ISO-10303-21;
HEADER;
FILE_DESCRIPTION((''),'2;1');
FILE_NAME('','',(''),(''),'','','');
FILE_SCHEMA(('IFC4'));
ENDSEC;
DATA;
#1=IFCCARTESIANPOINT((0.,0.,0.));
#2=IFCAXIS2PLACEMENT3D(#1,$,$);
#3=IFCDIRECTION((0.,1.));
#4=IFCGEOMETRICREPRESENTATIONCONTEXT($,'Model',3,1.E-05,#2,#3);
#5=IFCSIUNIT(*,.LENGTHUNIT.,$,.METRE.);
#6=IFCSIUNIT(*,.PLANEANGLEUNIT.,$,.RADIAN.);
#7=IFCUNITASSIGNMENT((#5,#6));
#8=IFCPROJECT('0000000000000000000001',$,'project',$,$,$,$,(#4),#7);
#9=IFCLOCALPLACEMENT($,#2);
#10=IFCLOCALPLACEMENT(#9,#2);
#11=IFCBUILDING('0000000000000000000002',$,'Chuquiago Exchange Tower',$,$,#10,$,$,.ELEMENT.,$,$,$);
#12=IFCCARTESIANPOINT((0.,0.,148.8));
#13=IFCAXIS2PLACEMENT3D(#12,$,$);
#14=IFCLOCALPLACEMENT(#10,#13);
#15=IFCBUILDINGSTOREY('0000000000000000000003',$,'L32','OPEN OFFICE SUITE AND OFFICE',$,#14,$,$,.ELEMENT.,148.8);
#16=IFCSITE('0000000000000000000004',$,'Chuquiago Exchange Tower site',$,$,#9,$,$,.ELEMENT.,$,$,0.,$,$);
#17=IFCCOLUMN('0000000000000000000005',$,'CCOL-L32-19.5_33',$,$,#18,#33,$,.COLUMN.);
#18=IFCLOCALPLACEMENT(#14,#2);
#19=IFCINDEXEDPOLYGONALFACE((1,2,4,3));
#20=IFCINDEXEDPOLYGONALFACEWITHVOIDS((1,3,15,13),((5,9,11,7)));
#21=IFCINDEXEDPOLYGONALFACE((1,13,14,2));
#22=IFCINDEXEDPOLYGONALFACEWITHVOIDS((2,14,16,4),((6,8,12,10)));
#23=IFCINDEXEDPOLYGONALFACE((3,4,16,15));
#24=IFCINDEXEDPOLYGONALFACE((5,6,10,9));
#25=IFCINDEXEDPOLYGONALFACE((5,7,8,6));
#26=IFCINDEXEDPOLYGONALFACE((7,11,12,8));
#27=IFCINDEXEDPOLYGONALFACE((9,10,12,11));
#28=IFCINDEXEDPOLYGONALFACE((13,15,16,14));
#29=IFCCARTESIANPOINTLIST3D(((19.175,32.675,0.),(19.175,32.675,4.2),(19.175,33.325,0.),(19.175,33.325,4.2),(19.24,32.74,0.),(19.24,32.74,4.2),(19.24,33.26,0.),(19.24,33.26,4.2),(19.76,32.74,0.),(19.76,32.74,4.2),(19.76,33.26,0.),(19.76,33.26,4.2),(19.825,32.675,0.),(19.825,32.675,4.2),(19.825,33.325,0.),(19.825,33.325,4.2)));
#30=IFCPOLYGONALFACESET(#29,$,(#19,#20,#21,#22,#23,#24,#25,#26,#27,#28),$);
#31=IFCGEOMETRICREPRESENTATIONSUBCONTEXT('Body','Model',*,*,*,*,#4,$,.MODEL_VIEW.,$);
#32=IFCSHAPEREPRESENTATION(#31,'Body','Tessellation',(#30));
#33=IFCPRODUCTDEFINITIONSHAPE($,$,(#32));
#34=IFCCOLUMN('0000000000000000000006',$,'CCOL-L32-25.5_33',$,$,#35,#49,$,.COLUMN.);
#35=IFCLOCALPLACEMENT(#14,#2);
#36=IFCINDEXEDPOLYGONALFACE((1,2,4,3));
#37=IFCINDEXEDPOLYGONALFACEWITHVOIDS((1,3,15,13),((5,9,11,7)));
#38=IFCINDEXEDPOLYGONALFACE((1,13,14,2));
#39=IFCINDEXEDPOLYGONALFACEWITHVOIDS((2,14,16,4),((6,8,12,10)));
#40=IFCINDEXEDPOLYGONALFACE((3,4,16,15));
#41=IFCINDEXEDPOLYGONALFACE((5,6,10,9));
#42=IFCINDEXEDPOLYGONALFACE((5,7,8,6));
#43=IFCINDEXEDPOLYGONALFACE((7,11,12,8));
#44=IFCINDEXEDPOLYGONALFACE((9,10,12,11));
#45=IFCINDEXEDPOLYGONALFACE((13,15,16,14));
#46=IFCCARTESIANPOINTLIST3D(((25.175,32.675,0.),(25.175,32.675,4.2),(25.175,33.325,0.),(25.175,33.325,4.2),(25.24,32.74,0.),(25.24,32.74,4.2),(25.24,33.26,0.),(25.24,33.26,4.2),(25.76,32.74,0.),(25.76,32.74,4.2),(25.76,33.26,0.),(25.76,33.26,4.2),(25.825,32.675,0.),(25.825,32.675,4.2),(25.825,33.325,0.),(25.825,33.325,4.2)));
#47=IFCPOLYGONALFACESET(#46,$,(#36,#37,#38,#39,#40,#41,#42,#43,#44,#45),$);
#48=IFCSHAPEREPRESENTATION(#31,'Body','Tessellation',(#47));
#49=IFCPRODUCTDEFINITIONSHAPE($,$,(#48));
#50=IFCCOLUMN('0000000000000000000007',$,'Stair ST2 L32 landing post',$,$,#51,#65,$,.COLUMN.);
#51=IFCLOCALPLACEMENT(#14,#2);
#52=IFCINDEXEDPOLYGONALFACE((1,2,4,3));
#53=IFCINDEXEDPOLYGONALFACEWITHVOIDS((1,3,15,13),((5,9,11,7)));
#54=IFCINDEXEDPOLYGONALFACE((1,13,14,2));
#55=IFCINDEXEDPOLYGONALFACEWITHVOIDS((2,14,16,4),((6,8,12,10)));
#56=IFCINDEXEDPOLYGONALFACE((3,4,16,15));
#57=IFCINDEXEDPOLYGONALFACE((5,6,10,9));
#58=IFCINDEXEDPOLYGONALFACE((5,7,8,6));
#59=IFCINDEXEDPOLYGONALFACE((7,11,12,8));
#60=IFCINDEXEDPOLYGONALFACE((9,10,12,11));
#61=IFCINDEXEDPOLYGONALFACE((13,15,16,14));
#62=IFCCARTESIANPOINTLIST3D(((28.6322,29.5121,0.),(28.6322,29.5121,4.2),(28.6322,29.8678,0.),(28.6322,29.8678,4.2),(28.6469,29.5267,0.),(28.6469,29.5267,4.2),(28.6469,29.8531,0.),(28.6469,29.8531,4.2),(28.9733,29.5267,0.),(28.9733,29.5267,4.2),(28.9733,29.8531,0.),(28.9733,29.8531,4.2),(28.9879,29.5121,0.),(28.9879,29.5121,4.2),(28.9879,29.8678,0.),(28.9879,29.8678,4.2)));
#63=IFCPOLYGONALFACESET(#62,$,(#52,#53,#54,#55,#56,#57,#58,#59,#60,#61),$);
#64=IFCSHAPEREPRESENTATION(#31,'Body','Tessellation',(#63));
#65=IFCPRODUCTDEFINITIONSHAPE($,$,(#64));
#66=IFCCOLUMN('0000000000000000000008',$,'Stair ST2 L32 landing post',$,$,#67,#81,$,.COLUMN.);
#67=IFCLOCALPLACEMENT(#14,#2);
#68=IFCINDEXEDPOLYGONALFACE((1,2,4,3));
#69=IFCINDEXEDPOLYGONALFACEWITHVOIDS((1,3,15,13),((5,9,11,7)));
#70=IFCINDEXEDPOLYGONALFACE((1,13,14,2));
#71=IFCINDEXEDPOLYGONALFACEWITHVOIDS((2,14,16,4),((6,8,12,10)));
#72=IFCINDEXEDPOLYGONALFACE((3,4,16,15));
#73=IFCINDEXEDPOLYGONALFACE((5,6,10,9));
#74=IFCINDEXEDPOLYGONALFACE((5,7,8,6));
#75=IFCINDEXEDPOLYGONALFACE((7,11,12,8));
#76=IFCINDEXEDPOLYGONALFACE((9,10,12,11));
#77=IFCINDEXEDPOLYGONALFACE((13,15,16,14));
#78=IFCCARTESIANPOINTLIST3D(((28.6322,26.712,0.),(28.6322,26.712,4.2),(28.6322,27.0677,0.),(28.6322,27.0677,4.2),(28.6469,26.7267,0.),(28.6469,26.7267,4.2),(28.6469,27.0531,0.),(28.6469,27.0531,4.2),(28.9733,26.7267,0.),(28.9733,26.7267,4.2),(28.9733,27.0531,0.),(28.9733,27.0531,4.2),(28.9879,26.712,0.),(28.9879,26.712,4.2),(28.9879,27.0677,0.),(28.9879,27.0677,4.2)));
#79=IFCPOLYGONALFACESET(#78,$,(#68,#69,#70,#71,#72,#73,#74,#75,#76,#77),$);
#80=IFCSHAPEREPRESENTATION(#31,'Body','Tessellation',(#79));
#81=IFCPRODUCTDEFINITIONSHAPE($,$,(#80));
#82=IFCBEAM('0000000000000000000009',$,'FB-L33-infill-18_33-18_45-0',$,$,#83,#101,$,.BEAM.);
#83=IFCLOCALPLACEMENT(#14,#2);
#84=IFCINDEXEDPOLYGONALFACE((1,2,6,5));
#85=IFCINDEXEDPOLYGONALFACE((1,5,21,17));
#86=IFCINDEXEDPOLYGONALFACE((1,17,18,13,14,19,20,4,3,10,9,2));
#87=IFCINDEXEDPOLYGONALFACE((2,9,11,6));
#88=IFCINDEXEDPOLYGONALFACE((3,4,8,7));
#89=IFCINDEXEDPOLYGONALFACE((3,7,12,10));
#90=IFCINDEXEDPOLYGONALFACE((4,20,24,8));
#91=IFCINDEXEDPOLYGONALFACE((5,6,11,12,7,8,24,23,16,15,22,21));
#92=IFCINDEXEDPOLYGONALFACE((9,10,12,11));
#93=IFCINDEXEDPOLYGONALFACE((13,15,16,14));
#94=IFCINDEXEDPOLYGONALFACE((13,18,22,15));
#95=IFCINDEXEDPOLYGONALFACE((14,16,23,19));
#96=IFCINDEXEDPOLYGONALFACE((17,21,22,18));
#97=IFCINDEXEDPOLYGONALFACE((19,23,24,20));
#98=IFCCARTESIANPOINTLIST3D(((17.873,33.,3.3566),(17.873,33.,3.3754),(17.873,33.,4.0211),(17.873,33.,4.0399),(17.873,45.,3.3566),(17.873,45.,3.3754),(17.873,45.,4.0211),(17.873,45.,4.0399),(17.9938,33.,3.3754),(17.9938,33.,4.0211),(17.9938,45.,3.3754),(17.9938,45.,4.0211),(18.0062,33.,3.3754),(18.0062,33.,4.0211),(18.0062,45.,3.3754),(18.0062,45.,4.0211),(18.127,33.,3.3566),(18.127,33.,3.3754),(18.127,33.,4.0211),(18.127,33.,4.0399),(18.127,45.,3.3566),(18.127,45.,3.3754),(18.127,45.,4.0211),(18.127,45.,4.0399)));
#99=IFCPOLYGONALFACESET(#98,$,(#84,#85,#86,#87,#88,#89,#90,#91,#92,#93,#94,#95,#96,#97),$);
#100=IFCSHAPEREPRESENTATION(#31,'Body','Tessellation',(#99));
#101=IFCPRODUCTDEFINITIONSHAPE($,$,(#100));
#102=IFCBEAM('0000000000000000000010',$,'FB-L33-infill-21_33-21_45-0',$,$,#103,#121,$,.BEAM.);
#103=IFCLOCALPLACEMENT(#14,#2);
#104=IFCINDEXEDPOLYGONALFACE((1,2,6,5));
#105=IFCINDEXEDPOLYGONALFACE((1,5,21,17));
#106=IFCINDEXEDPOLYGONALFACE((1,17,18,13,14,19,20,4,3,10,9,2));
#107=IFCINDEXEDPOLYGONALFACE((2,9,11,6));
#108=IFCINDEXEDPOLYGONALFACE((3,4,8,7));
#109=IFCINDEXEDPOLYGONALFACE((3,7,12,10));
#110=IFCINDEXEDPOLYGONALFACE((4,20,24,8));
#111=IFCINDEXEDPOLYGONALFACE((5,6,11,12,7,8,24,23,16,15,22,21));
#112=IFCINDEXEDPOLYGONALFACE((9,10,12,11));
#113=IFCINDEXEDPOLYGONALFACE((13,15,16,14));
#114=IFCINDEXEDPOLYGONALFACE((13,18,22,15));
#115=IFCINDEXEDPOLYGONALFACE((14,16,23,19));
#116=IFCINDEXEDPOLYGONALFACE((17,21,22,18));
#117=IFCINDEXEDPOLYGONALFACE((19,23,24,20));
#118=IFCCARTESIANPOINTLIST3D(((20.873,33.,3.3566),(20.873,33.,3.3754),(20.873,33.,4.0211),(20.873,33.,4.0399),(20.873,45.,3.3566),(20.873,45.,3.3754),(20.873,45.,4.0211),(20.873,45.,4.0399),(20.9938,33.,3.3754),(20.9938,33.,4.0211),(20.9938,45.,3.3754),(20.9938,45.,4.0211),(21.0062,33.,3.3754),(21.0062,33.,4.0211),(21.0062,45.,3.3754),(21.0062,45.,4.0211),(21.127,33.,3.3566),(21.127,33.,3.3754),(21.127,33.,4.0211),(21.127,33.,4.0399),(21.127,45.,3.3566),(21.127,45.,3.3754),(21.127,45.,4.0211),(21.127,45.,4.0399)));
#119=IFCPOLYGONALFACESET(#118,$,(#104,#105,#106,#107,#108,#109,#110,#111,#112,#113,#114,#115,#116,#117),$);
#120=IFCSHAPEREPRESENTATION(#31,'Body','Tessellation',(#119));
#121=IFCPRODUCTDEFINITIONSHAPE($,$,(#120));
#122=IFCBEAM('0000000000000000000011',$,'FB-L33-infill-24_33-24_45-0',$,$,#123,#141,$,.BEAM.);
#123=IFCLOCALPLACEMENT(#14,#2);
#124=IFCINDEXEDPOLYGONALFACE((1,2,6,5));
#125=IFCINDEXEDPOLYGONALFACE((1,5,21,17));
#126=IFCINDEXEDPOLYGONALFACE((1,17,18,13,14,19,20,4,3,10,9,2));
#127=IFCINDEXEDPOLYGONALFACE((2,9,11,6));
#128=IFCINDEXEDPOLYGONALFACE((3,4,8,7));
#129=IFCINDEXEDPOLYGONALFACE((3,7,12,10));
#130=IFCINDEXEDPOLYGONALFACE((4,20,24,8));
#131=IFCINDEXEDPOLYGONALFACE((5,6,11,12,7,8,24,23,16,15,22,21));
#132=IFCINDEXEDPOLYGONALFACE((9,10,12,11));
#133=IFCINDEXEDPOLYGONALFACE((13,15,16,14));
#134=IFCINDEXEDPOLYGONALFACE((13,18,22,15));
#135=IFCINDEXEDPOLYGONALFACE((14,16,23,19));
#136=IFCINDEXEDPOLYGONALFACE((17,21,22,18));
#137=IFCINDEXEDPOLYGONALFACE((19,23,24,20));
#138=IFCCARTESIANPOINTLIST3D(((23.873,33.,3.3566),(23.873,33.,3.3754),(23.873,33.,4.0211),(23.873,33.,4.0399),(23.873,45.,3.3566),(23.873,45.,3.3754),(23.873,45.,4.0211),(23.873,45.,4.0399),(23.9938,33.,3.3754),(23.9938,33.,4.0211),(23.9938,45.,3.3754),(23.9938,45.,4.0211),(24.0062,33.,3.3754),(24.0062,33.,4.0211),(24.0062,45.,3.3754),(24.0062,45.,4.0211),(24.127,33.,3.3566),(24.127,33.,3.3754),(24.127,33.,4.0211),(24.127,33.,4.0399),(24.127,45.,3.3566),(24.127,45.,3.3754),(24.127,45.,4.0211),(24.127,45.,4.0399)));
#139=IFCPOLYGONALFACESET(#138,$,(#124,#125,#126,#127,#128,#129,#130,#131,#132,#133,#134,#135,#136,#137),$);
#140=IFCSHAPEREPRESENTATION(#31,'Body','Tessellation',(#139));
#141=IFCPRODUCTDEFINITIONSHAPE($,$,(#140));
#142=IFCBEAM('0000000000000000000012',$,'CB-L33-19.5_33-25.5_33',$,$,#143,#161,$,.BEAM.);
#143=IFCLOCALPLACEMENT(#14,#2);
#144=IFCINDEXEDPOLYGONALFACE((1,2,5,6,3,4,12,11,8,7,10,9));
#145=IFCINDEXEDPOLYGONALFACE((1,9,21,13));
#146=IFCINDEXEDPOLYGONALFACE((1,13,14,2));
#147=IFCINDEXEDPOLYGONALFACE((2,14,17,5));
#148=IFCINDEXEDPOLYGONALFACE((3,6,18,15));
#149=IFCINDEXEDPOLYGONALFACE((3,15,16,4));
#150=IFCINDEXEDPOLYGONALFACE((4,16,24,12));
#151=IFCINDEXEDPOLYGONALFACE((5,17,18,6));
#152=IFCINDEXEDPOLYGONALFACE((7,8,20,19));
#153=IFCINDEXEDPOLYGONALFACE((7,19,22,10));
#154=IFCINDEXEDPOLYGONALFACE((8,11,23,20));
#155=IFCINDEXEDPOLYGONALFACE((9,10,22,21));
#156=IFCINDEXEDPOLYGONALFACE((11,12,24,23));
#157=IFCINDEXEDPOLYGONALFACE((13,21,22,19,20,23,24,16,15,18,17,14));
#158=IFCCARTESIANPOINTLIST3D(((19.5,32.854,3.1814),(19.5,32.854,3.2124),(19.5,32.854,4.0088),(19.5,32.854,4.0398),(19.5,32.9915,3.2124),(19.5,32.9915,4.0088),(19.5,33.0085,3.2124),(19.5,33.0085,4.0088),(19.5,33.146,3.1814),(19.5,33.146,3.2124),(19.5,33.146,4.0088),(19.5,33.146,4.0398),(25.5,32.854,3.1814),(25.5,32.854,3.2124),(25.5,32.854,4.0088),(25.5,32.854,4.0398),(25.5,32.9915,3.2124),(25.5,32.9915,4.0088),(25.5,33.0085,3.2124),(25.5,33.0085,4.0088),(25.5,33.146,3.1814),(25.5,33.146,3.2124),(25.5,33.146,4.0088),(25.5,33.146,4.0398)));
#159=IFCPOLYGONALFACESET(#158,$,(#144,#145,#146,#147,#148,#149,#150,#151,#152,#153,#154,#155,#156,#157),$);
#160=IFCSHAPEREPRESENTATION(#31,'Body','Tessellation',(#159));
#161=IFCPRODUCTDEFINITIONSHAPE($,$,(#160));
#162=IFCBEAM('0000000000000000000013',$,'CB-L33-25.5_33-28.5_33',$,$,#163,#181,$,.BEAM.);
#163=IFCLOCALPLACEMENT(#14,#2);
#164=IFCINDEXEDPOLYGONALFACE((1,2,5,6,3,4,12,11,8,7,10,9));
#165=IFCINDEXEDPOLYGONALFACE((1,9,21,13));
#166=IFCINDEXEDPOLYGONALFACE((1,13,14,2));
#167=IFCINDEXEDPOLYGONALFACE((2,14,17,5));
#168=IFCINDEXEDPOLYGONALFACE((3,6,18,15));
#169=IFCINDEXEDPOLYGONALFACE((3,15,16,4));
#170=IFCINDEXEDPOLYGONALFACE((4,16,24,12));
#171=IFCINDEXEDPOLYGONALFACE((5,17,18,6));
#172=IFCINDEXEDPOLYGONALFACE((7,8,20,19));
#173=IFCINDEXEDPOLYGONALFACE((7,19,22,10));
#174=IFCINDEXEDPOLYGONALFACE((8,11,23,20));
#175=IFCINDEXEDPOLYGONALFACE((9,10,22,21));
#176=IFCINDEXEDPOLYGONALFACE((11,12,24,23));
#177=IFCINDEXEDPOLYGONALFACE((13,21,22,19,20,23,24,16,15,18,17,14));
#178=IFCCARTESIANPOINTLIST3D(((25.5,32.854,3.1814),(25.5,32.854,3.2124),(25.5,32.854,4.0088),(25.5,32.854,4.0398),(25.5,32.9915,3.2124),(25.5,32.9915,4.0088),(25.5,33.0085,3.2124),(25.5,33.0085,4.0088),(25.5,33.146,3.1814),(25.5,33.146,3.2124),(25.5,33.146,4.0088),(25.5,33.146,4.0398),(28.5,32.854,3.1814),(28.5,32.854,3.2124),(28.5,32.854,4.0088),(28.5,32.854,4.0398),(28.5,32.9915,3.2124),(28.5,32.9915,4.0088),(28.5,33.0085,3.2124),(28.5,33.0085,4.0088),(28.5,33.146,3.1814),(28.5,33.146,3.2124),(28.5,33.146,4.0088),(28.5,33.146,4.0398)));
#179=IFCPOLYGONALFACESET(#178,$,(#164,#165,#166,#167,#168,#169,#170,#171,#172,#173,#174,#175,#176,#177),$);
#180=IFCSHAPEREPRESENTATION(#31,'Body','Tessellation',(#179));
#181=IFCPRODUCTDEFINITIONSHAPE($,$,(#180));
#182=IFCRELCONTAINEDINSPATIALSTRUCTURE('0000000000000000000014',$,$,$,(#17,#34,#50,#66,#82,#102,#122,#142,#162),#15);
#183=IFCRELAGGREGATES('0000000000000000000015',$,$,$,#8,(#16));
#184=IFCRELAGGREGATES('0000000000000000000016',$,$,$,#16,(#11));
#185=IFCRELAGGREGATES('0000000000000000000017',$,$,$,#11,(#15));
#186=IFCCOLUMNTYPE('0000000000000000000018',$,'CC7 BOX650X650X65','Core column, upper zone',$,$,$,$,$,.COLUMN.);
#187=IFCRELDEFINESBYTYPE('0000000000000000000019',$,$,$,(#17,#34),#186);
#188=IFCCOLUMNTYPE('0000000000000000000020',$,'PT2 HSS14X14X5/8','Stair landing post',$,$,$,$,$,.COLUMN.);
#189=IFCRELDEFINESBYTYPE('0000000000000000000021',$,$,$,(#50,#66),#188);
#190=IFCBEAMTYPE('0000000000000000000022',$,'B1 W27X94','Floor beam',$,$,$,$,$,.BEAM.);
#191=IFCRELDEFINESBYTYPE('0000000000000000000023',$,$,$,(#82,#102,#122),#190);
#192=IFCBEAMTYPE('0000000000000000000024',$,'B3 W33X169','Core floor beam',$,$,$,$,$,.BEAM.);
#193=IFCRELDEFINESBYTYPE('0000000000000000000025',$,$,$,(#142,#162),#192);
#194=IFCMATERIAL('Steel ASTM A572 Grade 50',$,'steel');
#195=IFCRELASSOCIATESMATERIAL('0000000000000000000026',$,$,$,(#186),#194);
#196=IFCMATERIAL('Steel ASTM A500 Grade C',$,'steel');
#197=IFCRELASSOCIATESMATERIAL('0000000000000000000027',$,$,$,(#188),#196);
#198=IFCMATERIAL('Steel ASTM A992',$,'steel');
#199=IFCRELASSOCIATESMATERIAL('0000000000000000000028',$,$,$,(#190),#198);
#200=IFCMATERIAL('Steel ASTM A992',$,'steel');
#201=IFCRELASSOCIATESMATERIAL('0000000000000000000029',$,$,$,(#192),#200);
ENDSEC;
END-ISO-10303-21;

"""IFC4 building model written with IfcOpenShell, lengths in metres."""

from ifc_helpers import new_model, si_unit, direction, frame, origin, origin_2d, place, context, subcontext, project, spatial, hollow_rectangle, i_section, extrude, material, material_profile, profile_set, type_object, element, save


model = new_model("IFC4")

# Units and contexts
model_context = context("Model", 3, precision=1e-05, world=origin(), true_north=direction((0.0, 1.0)))
body_context = subcontext(model_context, "Body", "Model", "MODEL_VIEW")
ifc_project = project(units=[si_unit("LENGTHUNIT", "METRE"), si_unit("PLANEANGLEUNIT", "RADIAN")], contexts=[model_context])

# Site, building, storey
site_placement = place(None, origin())
site = spatial("IfcSite", under=ifc_project, at=site_placement, Name="Chuquiago Exchange Tower site", CompositionType="ELEMENT", RefElevation=0.0)
building_placement = place(site_placement, origin())
building = spatial("IfcBuilding", under=site, at=building_placement, Name="Chuquiago Exchange Tower", CompositionType="ELEMENT")
storey_placement = place(building_placement, frame((0.0, 0.0, 148.8)))
storey = spatial("IfcBuildingStorey", under=building, at=storey_placement, Name="L32", Description="OPEN OFFICE SUITE AND OFFICE", CompositionType="ELEMENT", Elevation=148.8)

# Columns
ifc_material_1 = material(Name="Steel ASTM A572 Grade 50", Category="steel")
ifc_material_profile_1 = material_profile(ifc_material_1, hollow_rectangle(XDim=0.6499, YDim=0.6499, WallThickness=0.0649, at=origin_2d()), Name="BOX650X650X65")
ifc_profile_set_1 = profile_set([ifc_material_profile_1], Name="Steel ASTM A572 Grade 50")
column_type_1 = type_object("IfcColumnType", Name="CC7 BOX650X650X65", Description="Core column, upper zone", PredefinedType="COLUMN", material=ifc_profile_set_1)
for number, where, z_axis, x_axis, name in (
    (1, (19.5, 33.0, 0.0), (0.0, 0.0, 1.0), (1.0, 0.0, 0.0), "CCOL-L32-19.5_33"),
    (2, (25.5, 33.0, 0.0), (0.0, 0.0, 1.0), (1.0, 0.0, 0.0), "CCOL-L32-25.5_33"),
):
    element("IfcColumn", number, at=place(storey_placement, frame(where, z_axis=z_axis, x_axis=x_axis)), inside=storey, type_object=column_type_1, Name=name, PredefinedType="COLUMN", context=body_context, shape_type="SweptSolid", body=[
        extrude(hollow_rectangle(XDim=0.6499, YDim=0.6499, WallThickness=0.0649, at=origin_2d()), origin(), (0.0, 0.0, 1.0), 4.2),
    ])
ifc_material_2 = material(Name="Steel ASTM A500 Grade C", Category="steel")
ifc_material_profile_2 = material_profile(ifc_material_2, hollow_rectangle(XDim=0.3557, YDim=0.3557, WallThickness=0.0146, at=origin_2d()), Name="HSS14X14X5/8")
ifc_profile_set_2 = profile_set([ifc_material_profile_2], Name="Steel ASTM A500 Grade C")
column_type_2 = type_object("IfcColumnType", Name="PT2 HSS14X14X5/8", Description="Stair landing post", PredefinedType="COLUMN", material=ifc_profile_set_2)
for number, where, z_axis, x_axis, name in (
    (3, (28.8101, 29.6899, 0.0), (0.0, 0.0, 1.0), (1.0, 0.0, 0.0), "Stair ST2 L32 landing post"),
    (4, (28.8101, 26.8899, 0.0), (0.0, 0.0, 1.0), (1.0, 0.0, 0.0), "Stair ST2 L32 landing post"),
):
    element("IfcColumn", number, at=place(storey_placement, frame(where, z_axis=z_axis, x_axis=x_axis)), inside=storey, type_object=column_type_2, Name=name, PredefinedType="COLUMN", context=body_context, shape_type="SweptSolid", body=[
        extrude(hollow_rectangle(XDim=0.3557, YDim=0.3557, WallThickness=0.0146, at=origin_2d()), origin(), (0.0, 0.0, 1.0), 4.2),
    ])

# Beams
ifc_material_3 = material(Name="Steel ASTM A992", Category="steel")
ifc_material_profile_3 = material_profile(ifc_material_3, i_section(OverallWidth=0.2539, OverallDepth=0.6833, WebThickness=0.0125, FlangeThickness=0.0188, at=origin_2d()), Name="W27X94")
ifc_profile_set_3 = profile_set([ifc_material_profile_3], Name="Steel ASTM A992")
beam_type_1 = type_object("IfcBeamType", Name="B1 W27X94", Description="Floor beam", PredefinedType="BEAM", material=ifc_profile_set_3)
for number, where, z_axis, x_axis, name in (
    (5, (18.0, 33.0, 3.6982), (0.0, 1.0, 0.0), (-1.0, 0.0, 0.0), "FB-L33-infill-18_33-18_45-0"),
    (6, (21.0, 33.0, 3.6982), (0.0, 1.0, 0.0), (-1.0, 0.0, 0.0), "FB-L33-infill-21_33-21_45-0"),
    (7, (24.0, 33.0, 3.6982), (0.0, 1.0, 0.0), (-1.0, 0.0, 0.0), "FB-L33-infill-24_33-24_45-0"),
):
    element("IfcBeam", number, at=place(storey_placement, frame(where, z_axis=z_axis, x_axis=x_axis)), inside=storey, type_object=beam_type_1, Name=name, PredefinedType="BEAM", context=body_context, shape_type="SweptSolid", body=[
        extrude(i_section(OverallWidth=0.2539, OverallDepth=0.6833, WebThickness=0.0125, FlangeThickness=0.0188, at=origin_2d()), origin(), (0.0, 0.0, 1.0), 12.0),
    ])
ifc_material_4 = material(Name="Steel ASTM A992", Category="steel")
ifc_material_profile_4 = material_profile(ifc_material_4, i_section(OverallWidth=0.292, OverallDepth=0.8584, WebThickness=0.0171, FlangeThickness=0.031, at=origin_2d()), Name="W33X169")
ifc_profile_set_4 = profile_set([ifc_material_profile_4], Name="Steel ASTM A992")
beam_type_2 = type_object("IfcBeamType", Name="B3 W33X169", Description="Core floor beam", PredefinedType="BEAM", material=ifc_profile_set_4)
beam_1_placement = place(storey_placement, frame((19.5, 33.0, 3.6106), z_axis=(1.0, 0.0, 0.0), x_axis=(0.0, 1.0, 0.0)))
element("IfcBeam", 8, at=beam_1_placement, inside=storey, type_object=beam_type_2, Name="CB-L33-19.5_33-25.5_33", PredefinedType="BEAM", context=body_context, shape_type="SweptSolid", body=[
    extrude(i_section(OverallWidth=0.292, OverallDepth=0.8584, WebThickness=0.0171, FlangeThickness=0.031, at=origin_2d()), origin(), (0.0, 0.0, 1.0), 6.0),
])
beam_2_placement = place(storey_placement, frame((25.5, 33.0, 3.6106), z_axis=(1.0, 0.0, 0.0), x_axis=(0.0, 1.0, 0.0)))
element("IfcBeam", 9, at=beam_2_placement, inside=storey, type_object=beam_type_2, Name="CB-L33-25.5_33-28.5_33", PredefinedType="BEAM", context=body_context, shape_type="SweptSolid", body=[
    extrude(i_section(OverallWidth=0.292, OverallDepth=0.8584, WebThickness=0.0171, FlangeThickness=0.031, at=origin_2d()), origin(), (0.0, 0.0, 1.0), 3.0),
])

save(model, "model.ifc")
